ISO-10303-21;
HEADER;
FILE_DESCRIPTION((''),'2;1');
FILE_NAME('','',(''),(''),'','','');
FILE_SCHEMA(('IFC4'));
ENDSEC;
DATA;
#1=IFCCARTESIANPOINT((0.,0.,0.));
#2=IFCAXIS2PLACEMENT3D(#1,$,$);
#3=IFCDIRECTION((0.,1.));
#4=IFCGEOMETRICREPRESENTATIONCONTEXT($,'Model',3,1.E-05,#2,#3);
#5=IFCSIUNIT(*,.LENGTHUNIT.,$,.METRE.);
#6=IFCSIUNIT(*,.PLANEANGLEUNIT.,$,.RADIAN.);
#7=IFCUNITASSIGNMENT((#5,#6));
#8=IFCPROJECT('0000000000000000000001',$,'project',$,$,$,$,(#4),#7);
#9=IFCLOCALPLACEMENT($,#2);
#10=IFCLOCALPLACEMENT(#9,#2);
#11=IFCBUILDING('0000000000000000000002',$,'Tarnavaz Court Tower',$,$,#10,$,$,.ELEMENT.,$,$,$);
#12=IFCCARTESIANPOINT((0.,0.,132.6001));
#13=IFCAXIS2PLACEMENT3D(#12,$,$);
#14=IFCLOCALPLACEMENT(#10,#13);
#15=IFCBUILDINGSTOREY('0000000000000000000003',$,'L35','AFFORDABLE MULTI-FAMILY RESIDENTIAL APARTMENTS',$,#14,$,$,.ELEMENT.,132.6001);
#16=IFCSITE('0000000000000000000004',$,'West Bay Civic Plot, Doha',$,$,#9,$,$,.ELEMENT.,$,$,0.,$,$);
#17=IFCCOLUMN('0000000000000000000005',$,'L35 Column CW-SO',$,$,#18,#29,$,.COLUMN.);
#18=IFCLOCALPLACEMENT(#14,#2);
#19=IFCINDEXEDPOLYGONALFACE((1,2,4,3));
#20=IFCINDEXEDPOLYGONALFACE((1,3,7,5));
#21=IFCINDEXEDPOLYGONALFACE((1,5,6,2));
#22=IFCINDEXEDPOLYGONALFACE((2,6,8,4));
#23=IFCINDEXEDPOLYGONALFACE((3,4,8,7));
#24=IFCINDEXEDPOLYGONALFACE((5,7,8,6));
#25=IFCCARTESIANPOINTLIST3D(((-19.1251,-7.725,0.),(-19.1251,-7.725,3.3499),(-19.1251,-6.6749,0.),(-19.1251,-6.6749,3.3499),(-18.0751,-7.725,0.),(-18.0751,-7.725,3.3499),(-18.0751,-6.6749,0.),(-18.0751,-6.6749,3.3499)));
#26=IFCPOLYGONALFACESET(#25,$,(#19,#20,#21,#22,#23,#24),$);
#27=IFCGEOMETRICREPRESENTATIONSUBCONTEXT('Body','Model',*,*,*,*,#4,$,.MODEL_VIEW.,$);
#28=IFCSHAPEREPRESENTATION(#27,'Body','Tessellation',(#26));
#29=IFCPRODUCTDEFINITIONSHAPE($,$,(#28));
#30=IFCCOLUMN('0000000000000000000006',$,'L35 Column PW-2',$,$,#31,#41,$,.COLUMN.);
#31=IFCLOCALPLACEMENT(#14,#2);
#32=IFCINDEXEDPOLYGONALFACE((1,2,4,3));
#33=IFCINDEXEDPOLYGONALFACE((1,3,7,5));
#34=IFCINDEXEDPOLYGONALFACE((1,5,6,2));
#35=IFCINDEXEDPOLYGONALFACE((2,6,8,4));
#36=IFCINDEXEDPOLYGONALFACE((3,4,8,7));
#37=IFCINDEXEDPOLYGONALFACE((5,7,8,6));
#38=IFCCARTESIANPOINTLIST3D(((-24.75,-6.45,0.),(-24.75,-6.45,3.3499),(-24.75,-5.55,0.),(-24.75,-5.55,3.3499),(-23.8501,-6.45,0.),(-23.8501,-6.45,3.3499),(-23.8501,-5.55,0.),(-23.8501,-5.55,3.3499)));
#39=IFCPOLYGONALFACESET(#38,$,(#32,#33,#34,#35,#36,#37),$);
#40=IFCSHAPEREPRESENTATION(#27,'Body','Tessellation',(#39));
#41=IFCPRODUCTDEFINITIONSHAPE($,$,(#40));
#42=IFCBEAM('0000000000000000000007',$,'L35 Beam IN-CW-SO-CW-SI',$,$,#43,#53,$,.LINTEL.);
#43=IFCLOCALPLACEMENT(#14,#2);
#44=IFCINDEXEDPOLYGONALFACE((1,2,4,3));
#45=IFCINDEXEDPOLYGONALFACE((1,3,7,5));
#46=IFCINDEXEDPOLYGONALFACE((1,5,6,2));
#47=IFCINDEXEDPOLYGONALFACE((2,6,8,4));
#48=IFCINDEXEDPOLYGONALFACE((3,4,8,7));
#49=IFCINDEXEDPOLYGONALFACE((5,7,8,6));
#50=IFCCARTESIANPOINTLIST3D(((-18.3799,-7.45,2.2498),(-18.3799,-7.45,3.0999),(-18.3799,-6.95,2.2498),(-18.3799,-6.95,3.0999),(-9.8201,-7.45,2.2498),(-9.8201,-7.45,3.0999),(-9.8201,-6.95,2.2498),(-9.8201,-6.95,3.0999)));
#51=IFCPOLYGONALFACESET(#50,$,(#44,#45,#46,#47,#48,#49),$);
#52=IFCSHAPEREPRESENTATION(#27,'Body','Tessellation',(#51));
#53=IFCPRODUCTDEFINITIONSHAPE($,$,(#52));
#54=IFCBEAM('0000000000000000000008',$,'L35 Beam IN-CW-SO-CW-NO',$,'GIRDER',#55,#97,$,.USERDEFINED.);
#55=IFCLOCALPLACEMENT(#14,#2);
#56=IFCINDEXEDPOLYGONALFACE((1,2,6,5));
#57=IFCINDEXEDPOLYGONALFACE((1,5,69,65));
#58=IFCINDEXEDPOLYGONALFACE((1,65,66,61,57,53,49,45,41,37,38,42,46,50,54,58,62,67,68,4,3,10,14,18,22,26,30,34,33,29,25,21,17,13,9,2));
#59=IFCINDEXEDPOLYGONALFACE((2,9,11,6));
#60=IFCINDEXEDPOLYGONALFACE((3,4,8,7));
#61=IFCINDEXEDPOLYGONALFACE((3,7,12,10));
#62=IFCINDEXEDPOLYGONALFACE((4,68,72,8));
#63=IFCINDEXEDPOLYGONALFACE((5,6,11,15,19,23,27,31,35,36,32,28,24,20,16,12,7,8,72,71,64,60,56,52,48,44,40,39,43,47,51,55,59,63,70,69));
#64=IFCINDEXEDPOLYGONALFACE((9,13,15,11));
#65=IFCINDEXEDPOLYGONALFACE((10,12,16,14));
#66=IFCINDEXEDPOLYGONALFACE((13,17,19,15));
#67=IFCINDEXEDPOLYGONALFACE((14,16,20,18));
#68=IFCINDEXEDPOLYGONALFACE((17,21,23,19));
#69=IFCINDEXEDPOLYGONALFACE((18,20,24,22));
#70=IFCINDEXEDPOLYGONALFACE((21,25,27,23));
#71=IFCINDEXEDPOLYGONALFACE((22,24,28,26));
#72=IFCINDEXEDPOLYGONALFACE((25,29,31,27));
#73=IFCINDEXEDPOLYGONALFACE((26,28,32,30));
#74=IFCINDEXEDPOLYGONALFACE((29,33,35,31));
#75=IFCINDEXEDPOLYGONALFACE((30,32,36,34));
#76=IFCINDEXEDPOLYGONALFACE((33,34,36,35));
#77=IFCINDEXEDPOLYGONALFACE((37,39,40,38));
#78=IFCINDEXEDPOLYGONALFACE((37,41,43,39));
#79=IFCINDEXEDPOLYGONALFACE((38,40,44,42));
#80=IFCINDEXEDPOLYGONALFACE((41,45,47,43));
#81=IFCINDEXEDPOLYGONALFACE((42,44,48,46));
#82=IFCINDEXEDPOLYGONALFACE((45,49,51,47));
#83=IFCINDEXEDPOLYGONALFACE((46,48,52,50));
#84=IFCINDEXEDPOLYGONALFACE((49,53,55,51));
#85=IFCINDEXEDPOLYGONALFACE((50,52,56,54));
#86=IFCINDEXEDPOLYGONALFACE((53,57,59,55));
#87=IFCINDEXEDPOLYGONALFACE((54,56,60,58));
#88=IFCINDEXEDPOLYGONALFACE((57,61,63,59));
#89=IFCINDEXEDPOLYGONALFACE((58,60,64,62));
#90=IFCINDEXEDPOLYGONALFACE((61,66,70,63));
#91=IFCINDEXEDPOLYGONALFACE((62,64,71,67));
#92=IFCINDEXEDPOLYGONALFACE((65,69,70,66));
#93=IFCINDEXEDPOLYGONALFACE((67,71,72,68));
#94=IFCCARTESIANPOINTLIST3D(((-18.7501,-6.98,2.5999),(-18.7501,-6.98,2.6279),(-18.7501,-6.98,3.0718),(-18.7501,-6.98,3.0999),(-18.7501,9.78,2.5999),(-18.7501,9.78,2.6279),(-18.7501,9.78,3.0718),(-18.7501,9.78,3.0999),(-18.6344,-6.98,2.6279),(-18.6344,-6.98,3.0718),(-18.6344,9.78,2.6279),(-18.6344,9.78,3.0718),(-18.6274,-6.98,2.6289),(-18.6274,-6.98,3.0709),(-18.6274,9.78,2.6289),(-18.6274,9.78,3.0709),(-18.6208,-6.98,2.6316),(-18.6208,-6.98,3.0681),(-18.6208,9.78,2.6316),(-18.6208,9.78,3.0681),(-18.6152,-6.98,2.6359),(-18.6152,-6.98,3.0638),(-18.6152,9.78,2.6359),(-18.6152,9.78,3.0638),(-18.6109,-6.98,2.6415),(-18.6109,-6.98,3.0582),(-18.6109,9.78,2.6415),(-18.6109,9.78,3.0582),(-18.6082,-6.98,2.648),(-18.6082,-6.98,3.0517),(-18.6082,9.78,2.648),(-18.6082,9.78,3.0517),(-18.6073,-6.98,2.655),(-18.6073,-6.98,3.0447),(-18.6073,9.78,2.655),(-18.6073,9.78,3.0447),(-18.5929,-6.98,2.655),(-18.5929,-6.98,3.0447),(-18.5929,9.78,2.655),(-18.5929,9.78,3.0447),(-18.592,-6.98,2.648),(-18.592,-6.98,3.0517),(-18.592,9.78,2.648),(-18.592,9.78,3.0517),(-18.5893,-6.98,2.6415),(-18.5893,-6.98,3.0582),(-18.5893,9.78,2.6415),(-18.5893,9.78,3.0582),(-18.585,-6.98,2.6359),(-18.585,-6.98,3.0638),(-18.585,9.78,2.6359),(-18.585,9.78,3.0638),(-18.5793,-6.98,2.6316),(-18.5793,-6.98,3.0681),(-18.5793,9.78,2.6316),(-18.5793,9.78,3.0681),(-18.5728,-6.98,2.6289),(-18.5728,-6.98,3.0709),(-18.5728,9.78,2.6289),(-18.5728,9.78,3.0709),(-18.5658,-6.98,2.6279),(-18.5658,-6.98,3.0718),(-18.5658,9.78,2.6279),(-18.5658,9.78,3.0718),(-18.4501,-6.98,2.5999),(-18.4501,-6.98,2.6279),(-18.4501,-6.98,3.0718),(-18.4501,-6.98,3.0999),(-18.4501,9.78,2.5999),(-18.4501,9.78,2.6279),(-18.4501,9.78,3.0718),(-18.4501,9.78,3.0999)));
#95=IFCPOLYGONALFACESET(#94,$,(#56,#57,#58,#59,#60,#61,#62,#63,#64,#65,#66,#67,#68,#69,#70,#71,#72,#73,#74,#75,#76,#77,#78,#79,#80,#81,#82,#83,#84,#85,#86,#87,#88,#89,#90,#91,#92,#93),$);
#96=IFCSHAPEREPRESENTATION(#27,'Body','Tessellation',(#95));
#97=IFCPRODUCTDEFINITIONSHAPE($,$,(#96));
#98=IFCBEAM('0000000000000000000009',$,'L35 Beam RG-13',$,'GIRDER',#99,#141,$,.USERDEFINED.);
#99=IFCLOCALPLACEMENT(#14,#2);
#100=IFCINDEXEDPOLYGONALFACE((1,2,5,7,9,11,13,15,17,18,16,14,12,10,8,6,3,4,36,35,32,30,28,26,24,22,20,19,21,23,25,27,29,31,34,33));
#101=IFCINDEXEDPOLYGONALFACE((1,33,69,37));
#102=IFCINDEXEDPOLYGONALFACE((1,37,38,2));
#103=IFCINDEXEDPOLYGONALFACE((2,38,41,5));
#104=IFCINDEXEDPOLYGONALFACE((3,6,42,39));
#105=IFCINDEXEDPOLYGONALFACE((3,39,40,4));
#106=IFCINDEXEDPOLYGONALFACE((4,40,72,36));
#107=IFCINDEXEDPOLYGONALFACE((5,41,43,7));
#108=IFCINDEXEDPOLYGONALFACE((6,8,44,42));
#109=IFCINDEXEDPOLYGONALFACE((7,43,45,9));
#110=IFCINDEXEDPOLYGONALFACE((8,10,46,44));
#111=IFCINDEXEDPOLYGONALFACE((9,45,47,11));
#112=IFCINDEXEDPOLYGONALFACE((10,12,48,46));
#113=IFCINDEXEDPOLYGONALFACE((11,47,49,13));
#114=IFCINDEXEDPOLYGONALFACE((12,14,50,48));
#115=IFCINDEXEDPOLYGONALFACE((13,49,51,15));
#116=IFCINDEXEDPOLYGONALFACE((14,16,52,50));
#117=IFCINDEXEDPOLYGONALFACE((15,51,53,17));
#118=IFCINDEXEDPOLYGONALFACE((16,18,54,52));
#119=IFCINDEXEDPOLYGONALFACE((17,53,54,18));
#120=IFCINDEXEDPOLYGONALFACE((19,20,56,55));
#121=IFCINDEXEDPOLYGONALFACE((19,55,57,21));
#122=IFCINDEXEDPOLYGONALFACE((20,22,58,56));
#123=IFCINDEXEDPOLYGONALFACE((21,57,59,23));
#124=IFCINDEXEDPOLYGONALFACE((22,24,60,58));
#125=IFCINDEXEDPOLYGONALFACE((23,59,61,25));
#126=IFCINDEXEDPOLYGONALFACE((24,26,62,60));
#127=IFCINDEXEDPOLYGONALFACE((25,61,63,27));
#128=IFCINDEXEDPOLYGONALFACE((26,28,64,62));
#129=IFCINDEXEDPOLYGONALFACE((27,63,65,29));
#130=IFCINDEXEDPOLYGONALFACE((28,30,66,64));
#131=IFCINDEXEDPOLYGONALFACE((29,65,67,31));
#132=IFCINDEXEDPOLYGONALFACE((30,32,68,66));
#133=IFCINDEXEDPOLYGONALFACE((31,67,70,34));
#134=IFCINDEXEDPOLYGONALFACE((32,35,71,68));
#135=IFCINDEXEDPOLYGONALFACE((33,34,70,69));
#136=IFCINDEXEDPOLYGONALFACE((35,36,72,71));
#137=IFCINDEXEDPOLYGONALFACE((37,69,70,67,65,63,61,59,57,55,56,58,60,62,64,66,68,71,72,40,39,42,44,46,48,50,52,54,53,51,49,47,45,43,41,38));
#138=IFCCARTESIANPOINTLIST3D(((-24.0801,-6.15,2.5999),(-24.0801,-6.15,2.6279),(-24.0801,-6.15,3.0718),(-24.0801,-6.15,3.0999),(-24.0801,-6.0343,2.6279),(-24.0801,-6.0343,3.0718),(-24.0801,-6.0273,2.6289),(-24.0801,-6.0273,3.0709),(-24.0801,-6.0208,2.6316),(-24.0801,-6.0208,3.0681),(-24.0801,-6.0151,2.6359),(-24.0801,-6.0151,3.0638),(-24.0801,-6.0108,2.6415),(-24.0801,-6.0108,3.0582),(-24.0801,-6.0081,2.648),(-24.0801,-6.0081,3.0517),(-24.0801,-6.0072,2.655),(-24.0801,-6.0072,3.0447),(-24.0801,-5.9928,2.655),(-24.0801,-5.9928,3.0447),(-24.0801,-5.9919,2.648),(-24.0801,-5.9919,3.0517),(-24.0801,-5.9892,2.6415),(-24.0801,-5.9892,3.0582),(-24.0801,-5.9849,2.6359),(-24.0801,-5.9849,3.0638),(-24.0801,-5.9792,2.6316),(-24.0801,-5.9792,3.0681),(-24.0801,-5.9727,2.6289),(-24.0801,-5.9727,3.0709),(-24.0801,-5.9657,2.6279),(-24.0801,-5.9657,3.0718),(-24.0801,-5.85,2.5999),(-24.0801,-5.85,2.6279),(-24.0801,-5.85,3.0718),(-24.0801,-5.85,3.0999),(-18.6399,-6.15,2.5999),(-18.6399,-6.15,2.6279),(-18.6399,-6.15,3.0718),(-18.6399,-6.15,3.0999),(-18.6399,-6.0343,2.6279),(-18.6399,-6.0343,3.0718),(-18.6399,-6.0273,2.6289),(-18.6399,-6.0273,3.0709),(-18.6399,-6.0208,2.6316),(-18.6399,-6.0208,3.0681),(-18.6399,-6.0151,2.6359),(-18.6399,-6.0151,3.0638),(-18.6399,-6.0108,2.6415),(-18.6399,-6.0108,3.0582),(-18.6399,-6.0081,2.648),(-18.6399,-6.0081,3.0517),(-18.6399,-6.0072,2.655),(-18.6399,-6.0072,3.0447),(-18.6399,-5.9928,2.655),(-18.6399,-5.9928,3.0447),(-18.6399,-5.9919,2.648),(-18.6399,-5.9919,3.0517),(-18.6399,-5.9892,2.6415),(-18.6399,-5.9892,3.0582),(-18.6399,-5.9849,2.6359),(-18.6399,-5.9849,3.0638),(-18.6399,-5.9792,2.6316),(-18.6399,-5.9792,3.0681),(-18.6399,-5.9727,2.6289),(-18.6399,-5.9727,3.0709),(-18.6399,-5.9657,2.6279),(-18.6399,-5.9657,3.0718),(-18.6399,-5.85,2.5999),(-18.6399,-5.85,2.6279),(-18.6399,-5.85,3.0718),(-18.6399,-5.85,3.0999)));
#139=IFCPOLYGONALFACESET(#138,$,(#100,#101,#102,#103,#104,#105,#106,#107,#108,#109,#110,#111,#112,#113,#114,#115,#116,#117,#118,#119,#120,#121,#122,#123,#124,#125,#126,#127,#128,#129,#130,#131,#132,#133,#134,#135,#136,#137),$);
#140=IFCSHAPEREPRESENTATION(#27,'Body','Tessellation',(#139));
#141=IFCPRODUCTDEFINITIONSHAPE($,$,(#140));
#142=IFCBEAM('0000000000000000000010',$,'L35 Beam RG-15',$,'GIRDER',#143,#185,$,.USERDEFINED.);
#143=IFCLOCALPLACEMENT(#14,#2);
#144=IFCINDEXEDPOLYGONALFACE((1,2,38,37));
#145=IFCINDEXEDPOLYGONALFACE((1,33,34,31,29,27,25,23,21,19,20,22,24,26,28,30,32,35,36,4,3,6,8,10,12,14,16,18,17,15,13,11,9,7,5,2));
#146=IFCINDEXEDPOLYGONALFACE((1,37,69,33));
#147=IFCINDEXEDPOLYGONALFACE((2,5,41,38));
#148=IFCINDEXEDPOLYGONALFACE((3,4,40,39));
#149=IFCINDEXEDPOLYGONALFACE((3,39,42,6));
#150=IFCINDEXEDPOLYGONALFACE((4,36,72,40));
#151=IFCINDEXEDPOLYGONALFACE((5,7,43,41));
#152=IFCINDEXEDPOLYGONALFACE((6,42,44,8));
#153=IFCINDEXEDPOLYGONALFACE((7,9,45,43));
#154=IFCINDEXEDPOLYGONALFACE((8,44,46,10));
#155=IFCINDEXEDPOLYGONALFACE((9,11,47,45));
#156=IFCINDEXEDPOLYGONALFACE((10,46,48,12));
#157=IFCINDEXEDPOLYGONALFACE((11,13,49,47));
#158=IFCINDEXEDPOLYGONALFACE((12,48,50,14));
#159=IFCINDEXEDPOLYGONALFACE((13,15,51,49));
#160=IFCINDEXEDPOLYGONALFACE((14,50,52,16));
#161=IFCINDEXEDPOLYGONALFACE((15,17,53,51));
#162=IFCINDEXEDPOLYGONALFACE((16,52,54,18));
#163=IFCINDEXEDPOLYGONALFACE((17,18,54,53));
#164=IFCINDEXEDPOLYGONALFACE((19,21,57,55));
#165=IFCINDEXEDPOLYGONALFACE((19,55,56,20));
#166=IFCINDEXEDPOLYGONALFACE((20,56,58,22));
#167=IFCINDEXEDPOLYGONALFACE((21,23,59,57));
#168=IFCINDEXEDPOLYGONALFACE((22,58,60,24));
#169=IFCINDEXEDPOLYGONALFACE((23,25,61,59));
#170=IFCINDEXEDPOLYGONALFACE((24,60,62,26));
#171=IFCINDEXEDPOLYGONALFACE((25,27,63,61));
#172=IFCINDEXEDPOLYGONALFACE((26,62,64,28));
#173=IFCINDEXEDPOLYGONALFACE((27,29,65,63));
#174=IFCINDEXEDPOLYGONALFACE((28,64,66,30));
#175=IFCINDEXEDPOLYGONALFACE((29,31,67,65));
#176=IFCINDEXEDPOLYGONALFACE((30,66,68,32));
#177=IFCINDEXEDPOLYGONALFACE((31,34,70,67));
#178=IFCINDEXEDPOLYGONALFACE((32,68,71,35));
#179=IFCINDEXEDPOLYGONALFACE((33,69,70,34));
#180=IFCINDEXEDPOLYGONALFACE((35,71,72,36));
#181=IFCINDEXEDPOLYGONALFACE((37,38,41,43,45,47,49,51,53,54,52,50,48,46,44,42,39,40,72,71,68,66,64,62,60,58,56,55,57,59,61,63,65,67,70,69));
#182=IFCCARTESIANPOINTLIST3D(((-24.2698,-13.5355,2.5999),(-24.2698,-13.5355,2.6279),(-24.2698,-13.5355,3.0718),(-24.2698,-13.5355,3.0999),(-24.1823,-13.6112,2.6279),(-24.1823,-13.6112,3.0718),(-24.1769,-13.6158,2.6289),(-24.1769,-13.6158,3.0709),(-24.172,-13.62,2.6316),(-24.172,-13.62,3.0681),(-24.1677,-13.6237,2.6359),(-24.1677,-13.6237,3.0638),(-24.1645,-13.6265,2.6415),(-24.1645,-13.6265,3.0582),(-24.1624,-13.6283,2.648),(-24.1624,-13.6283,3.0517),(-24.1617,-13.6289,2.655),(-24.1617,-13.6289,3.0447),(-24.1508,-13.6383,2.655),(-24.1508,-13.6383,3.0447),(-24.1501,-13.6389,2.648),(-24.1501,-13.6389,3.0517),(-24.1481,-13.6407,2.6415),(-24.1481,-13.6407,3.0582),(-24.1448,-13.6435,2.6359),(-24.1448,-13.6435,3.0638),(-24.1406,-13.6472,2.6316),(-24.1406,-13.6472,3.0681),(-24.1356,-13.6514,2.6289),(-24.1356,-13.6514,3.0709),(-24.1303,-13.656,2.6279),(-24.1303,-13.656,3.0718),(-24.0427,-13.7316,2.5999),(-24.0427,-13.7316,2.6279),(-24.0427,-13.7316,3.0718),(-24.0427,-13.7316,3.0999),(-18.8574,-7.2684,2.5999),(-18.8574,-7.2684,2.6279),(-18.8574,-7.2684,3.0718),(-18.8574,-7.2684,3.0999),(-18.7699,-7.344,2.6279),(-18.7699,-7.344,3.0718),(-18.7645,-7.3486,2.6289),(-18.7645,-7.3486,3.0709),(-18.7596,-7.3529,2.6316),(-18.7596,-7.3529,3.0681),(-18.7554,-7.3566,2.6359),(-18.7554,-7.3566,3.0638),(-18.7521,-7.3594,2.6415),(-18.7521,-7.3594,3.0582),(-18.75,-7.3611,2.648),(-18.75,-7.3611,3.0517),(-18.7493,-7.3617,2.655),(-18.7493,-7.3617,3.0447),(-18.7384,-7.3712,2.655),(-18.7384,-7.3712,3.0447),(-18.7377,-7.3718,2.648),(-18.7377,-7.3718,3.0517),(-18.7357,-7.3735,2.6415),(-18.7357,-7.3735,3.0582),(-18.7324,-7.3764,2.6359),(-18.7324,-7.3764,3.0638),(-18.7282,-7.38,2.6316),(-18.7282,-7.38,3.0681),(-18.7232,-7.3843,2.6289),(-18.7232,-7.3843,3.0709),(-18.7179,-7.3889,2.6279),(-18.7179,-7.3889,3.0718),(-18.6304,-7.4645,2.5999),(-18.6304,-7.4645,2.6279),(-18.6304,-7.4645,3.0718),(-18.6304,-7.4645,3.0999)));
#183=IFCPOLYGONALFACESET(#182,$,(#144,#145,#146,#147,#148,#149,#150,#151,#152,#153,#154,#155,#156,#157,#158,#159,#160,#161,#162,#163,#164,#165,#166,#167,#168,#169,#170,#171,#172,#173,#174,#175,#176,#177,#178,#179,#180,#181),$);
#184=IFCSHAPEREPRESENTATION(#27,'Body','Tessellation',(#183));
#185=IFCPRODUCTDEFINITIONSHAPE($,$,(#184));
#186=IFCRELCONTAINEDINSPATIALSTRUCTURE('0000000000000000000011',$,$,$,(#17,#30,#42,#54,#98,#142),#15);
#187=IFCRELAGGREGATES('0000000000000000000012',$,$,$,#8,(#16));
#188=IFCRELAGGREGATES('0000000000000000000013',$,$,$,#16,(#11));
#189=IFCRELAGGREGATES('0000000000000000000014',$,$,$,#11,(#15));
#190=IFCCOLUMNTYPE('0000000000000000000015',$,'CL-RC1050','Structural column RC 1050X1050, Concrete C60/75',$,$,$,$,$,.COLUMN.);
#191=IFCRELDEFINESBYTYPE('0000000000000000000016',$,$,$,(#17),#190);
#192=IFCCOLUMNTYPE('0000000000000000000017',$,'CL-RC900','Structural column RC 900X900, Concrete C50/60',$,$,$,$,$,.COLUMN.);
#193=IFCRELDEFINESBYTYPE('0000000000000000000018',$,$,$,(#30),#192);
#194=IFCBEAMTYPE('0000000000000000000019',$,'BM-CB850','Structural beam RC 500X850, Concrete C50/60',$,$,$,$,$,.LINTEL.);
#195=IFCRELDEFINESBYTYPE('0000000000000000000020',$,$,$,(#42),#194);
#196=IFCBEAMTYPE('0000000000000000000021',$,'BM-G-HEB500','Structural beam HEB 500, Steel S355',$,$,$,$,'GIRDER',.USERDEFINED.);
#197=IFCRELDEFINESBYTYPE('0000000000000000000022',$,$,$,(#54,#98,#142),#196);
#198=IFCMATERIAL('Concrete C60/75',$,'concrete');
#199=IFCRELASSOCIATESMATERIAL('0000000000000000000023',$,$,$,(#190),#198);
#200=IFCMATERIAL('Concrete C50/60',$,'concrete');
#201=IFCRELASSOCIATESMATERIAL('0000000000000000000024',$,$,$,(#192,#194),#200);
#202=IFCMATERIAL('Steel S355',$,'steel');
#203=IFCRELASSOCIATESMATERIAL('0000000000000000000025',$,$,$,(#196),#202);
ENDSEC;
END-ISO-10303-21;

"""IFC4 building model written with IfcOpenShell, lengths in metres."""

from ifc_helpers import new_model, si_unit, direction, frame, origin, origin_2d, place, context, subcontext, project, spatial, rectangle, i_section, extrude, material, material_profile, profile_set, type_object, element, save


model = new_model("IFC4")

# Units and contexts
model_context = context("Model", 3, precision=1e-05, world=origin(), true_north=direction((0.0, 1.0)))
body_context = subcontext(model_context, "Body", "Model", "MODEL_VIEW")
ifc_project = project(units=[si_unit("LENGTHUNIT", "METRE"), si_unit("PLANEANGLEUNIT", "RADIAN")], contexts=[model_context])

# Site, building, storey
site_placement = place(None, origin())
site = spatial("IfcSite", under=ifc_project, at=site_placement, Name="West Bay Civic Plot, Doha", CompositionType="ELEMENT", RefElevation=0.0)
building_placement = place(site_placement, origin())
building = spatial("IfcBuilding", under=site, at=building_placement, Name="Tarnavaz Court Tower", CompositionType="ELEMENT")
storey_placement = place(building_placement, frame((0.0, 0.0, 132.6001)))
storey = spatial("IfcBuildingStorey", under=building, at=storey_placement, Name="L35", Description="AFFORDABLE MULTI-FAMILY RESIDENTIAL APARTMENTS", CompositionType="ELEMENT", Elevation=132.6001)

# Columns
ifc_material_1 = material(Name="Concrete C60/75", Category="concrete")
ifc_material_profile_1 = material_profile(ifc_material_1, rectangle(XDim=1.05, YDim=1.05, at=origin_2d()), Name="RC 1050X1050")
ifc_profile_set_1 = profile_set([ifc_material_profile_1], Name="Concrete C60/75")
column_type_1 = type_object("IfcColumnType", Name="CL-RC1050", Description="Structural column RC 1050X1050, Concrete C60/75", PredefinedType="COLUMN", material=ifc_profile_set_1)
column_1_placement = place(storey_placement, frame((-18.6001, -7.2, 0.0), z_axis=(0.0, 0.0, 1.0), x_axis=(1.0, 0.0, 0.0)))
element("IfcColumn", 1, at=column_1_placement, inside=storey, type_object=column_type_1, Name="L35 Column CW-SO", PredefinedType="COLUMN", context=body_context, shape_type="SweptSolid", body=[
    extrude(rectangle(XDim=1.05, YDim=1.05, at=origin_2d()), origin(), (0.0, 0.0, 1.0), 3.3499),
])
ifc_material_2 = material(Name="Concrete C50/60", Category="concrete")
ifc_material_profile_2 = material_profile(ifc_material_2, rectangle(XDim=0.8999, YDim=0.8999, at=origin_2d()), Name="RC 900X900")
ifc_profile_set_2 = profile_set([ifc_material_profile_2], Name="Concrete C50/60")
column_type_2 = type_object("IfcColumnType", Name="CL-RC900", Description="Structural column RC 900X900, Concrete C50/60", PredefinedType="COLUMN", material=ifc_profile_set_2)
column_2_placement = place(storey_placement, frame((-24.3, -6.0, 0.0), z_axis=(0.0, 0.0, 1.0), x_axis=(1.0, 0.0, 0.0)))
element("IfcColumn", 2, at=column_2_placement, inside=storey, type_object=column_type_2, Name="L35 Column PW-2", PredefinedType="COLUMN", context=body_context, shape_type="SweptSolid", body=[
    extrude(rectangle(XDim=0.8999, YDim=0.8999, at=origin_2d()), origin(), (0.0, 0.0, 1.0), 3.3499),
])

# Beams
ifc_material_profile_3 = material_profile(ifc_material_2, rectangle(XDim=0.5, YDim=0.8501, at=origin_2d()), Name="RC 500X850")
ifc_profile_set_3 = profile_set([ifc_material_profile_3], Name="Concrete C50/60")
beam_type_1 = type_object("IfcBeamType", Name="BM-CB850", Description="Structural beam RC 500X850, Concrete C50/60", PredefinedType="LINTEL", material=ifc_profile_set_3)
beam_1_placement = place(storey_placement, frame((-18.3799, -7.2, 2.6748), z_axis=(1.0, 0.0, 0.0), x_axis=(0.0, 1.0, 0.0)))
element("IfcBeam", 3, at=beam_1_placement, inside=storey, type_object=beam_type_1, Name="L35 Beam IN-CW-SO-CW-SI", PredefinedType="LINTEL", context=body_context, shape_type="SweptSolid", body=[
    extrude(rectangle(XDim=0.5, YDim=0.8501, at=origin_2d()), origin(), (0.0, 0.0, 1.0), 8.5598),
])
ifc_material_3 = material(Name="Steel S355", Category="steel")
ifc_material_profile_4 = material_profile(ifc_material_3, i_section(OverallWidth=0.3, OverallDepth=0.5, WebThickness=0.0144, FlangeThickness=0.0281, FilletRadius=0.0271, at=origin_2d()), Name="HEB 500")
ifc_profile_set_4 = profile_set([ifc_material_profile_4], Name="Steel S355")
beam_type_2 = type_object("IfcBeamType", Name="BM-G-HEB500", Description="Structural beam HEB 500, Steel S355", ElementType="GIRDER", PredefinedType="USERDEFINED", material=ifc_profile_set_4)
beam_2_placement = place(storey_placement, frame((-18.6001, -6.98, 2.8499), z_axis=(0.0, 1.0, 0.0), x_axis=(-1.0, 0.0, 0.0)))
element("IfcBeam", 4, at=beam_2_placement, inside=storey, type_object=beam_type_2, Name="L35 Beam IN-CW-SO-CW-NO", ObjectType="GIRDER", PredefinedType="USERDEFINED", context=body_context, shape_type="SweptSolid", body=[
    extrude(i_section(OverallWidth=0.3, OverallDepth=0.5, WebThickness=0.0144, FlangeThickness=0.0281, FilletRadius=0.0271, at=origin_2d()), origin(), (0.0, 0.0, 1.0), 16.76),
])
beam_3_placement = place(storey_placement, frame((-18.6399, -6.0, 2.8499), z_axis=(-1.0, 0.0, 0.0), x_axis=(0.0, -1.0, 0.0)))
element("IfcBeam", 5, at=beam_3_placement, inside=storey, type_object=beam_type_2, Name="L35 Beam RG-13", ObjectType="GIRDER", PredefinedType="USERDEFINED", context=body_context, shape_type="SweptSolid", body=[
    extrude(i_section(OverallWidth=0.3, OverallDepth=0.5, WebThickness=0.0144, FlangeThickness=0.0281, FilletRadius=0.0271, at=origin_2d()), origin(), (0.0, 0.0, 1.0), 5.4402),
])
beam_4_placement = place(storey_placement, frame((-18.7439, -7.3665, 2.8499), z_axis=(-0.653611, -0.756831, 0.0), x_axis=(0.756831, -0.653611, 0.0)))
element("IfcBeam", 6, at=beam_4_placement, inside=storey, type_object=beam_type_2, Name="L35 Beam RG-15", ObjectType="GIRDER", PredefinedType="USERDEFINED", context=body_context, shape_type="SweptSolid", body=[
    extrude(i_section(OverallWidth=0.3, OverallDepth=0.5, WebThickness=0.0144, FlangeThickness=0.0281, FilletRadius=0.0271, at=origin_2d()), origin(), (0.0, 0.0, 1.0), 8.2808),
])

save(model, "model.ifc")
